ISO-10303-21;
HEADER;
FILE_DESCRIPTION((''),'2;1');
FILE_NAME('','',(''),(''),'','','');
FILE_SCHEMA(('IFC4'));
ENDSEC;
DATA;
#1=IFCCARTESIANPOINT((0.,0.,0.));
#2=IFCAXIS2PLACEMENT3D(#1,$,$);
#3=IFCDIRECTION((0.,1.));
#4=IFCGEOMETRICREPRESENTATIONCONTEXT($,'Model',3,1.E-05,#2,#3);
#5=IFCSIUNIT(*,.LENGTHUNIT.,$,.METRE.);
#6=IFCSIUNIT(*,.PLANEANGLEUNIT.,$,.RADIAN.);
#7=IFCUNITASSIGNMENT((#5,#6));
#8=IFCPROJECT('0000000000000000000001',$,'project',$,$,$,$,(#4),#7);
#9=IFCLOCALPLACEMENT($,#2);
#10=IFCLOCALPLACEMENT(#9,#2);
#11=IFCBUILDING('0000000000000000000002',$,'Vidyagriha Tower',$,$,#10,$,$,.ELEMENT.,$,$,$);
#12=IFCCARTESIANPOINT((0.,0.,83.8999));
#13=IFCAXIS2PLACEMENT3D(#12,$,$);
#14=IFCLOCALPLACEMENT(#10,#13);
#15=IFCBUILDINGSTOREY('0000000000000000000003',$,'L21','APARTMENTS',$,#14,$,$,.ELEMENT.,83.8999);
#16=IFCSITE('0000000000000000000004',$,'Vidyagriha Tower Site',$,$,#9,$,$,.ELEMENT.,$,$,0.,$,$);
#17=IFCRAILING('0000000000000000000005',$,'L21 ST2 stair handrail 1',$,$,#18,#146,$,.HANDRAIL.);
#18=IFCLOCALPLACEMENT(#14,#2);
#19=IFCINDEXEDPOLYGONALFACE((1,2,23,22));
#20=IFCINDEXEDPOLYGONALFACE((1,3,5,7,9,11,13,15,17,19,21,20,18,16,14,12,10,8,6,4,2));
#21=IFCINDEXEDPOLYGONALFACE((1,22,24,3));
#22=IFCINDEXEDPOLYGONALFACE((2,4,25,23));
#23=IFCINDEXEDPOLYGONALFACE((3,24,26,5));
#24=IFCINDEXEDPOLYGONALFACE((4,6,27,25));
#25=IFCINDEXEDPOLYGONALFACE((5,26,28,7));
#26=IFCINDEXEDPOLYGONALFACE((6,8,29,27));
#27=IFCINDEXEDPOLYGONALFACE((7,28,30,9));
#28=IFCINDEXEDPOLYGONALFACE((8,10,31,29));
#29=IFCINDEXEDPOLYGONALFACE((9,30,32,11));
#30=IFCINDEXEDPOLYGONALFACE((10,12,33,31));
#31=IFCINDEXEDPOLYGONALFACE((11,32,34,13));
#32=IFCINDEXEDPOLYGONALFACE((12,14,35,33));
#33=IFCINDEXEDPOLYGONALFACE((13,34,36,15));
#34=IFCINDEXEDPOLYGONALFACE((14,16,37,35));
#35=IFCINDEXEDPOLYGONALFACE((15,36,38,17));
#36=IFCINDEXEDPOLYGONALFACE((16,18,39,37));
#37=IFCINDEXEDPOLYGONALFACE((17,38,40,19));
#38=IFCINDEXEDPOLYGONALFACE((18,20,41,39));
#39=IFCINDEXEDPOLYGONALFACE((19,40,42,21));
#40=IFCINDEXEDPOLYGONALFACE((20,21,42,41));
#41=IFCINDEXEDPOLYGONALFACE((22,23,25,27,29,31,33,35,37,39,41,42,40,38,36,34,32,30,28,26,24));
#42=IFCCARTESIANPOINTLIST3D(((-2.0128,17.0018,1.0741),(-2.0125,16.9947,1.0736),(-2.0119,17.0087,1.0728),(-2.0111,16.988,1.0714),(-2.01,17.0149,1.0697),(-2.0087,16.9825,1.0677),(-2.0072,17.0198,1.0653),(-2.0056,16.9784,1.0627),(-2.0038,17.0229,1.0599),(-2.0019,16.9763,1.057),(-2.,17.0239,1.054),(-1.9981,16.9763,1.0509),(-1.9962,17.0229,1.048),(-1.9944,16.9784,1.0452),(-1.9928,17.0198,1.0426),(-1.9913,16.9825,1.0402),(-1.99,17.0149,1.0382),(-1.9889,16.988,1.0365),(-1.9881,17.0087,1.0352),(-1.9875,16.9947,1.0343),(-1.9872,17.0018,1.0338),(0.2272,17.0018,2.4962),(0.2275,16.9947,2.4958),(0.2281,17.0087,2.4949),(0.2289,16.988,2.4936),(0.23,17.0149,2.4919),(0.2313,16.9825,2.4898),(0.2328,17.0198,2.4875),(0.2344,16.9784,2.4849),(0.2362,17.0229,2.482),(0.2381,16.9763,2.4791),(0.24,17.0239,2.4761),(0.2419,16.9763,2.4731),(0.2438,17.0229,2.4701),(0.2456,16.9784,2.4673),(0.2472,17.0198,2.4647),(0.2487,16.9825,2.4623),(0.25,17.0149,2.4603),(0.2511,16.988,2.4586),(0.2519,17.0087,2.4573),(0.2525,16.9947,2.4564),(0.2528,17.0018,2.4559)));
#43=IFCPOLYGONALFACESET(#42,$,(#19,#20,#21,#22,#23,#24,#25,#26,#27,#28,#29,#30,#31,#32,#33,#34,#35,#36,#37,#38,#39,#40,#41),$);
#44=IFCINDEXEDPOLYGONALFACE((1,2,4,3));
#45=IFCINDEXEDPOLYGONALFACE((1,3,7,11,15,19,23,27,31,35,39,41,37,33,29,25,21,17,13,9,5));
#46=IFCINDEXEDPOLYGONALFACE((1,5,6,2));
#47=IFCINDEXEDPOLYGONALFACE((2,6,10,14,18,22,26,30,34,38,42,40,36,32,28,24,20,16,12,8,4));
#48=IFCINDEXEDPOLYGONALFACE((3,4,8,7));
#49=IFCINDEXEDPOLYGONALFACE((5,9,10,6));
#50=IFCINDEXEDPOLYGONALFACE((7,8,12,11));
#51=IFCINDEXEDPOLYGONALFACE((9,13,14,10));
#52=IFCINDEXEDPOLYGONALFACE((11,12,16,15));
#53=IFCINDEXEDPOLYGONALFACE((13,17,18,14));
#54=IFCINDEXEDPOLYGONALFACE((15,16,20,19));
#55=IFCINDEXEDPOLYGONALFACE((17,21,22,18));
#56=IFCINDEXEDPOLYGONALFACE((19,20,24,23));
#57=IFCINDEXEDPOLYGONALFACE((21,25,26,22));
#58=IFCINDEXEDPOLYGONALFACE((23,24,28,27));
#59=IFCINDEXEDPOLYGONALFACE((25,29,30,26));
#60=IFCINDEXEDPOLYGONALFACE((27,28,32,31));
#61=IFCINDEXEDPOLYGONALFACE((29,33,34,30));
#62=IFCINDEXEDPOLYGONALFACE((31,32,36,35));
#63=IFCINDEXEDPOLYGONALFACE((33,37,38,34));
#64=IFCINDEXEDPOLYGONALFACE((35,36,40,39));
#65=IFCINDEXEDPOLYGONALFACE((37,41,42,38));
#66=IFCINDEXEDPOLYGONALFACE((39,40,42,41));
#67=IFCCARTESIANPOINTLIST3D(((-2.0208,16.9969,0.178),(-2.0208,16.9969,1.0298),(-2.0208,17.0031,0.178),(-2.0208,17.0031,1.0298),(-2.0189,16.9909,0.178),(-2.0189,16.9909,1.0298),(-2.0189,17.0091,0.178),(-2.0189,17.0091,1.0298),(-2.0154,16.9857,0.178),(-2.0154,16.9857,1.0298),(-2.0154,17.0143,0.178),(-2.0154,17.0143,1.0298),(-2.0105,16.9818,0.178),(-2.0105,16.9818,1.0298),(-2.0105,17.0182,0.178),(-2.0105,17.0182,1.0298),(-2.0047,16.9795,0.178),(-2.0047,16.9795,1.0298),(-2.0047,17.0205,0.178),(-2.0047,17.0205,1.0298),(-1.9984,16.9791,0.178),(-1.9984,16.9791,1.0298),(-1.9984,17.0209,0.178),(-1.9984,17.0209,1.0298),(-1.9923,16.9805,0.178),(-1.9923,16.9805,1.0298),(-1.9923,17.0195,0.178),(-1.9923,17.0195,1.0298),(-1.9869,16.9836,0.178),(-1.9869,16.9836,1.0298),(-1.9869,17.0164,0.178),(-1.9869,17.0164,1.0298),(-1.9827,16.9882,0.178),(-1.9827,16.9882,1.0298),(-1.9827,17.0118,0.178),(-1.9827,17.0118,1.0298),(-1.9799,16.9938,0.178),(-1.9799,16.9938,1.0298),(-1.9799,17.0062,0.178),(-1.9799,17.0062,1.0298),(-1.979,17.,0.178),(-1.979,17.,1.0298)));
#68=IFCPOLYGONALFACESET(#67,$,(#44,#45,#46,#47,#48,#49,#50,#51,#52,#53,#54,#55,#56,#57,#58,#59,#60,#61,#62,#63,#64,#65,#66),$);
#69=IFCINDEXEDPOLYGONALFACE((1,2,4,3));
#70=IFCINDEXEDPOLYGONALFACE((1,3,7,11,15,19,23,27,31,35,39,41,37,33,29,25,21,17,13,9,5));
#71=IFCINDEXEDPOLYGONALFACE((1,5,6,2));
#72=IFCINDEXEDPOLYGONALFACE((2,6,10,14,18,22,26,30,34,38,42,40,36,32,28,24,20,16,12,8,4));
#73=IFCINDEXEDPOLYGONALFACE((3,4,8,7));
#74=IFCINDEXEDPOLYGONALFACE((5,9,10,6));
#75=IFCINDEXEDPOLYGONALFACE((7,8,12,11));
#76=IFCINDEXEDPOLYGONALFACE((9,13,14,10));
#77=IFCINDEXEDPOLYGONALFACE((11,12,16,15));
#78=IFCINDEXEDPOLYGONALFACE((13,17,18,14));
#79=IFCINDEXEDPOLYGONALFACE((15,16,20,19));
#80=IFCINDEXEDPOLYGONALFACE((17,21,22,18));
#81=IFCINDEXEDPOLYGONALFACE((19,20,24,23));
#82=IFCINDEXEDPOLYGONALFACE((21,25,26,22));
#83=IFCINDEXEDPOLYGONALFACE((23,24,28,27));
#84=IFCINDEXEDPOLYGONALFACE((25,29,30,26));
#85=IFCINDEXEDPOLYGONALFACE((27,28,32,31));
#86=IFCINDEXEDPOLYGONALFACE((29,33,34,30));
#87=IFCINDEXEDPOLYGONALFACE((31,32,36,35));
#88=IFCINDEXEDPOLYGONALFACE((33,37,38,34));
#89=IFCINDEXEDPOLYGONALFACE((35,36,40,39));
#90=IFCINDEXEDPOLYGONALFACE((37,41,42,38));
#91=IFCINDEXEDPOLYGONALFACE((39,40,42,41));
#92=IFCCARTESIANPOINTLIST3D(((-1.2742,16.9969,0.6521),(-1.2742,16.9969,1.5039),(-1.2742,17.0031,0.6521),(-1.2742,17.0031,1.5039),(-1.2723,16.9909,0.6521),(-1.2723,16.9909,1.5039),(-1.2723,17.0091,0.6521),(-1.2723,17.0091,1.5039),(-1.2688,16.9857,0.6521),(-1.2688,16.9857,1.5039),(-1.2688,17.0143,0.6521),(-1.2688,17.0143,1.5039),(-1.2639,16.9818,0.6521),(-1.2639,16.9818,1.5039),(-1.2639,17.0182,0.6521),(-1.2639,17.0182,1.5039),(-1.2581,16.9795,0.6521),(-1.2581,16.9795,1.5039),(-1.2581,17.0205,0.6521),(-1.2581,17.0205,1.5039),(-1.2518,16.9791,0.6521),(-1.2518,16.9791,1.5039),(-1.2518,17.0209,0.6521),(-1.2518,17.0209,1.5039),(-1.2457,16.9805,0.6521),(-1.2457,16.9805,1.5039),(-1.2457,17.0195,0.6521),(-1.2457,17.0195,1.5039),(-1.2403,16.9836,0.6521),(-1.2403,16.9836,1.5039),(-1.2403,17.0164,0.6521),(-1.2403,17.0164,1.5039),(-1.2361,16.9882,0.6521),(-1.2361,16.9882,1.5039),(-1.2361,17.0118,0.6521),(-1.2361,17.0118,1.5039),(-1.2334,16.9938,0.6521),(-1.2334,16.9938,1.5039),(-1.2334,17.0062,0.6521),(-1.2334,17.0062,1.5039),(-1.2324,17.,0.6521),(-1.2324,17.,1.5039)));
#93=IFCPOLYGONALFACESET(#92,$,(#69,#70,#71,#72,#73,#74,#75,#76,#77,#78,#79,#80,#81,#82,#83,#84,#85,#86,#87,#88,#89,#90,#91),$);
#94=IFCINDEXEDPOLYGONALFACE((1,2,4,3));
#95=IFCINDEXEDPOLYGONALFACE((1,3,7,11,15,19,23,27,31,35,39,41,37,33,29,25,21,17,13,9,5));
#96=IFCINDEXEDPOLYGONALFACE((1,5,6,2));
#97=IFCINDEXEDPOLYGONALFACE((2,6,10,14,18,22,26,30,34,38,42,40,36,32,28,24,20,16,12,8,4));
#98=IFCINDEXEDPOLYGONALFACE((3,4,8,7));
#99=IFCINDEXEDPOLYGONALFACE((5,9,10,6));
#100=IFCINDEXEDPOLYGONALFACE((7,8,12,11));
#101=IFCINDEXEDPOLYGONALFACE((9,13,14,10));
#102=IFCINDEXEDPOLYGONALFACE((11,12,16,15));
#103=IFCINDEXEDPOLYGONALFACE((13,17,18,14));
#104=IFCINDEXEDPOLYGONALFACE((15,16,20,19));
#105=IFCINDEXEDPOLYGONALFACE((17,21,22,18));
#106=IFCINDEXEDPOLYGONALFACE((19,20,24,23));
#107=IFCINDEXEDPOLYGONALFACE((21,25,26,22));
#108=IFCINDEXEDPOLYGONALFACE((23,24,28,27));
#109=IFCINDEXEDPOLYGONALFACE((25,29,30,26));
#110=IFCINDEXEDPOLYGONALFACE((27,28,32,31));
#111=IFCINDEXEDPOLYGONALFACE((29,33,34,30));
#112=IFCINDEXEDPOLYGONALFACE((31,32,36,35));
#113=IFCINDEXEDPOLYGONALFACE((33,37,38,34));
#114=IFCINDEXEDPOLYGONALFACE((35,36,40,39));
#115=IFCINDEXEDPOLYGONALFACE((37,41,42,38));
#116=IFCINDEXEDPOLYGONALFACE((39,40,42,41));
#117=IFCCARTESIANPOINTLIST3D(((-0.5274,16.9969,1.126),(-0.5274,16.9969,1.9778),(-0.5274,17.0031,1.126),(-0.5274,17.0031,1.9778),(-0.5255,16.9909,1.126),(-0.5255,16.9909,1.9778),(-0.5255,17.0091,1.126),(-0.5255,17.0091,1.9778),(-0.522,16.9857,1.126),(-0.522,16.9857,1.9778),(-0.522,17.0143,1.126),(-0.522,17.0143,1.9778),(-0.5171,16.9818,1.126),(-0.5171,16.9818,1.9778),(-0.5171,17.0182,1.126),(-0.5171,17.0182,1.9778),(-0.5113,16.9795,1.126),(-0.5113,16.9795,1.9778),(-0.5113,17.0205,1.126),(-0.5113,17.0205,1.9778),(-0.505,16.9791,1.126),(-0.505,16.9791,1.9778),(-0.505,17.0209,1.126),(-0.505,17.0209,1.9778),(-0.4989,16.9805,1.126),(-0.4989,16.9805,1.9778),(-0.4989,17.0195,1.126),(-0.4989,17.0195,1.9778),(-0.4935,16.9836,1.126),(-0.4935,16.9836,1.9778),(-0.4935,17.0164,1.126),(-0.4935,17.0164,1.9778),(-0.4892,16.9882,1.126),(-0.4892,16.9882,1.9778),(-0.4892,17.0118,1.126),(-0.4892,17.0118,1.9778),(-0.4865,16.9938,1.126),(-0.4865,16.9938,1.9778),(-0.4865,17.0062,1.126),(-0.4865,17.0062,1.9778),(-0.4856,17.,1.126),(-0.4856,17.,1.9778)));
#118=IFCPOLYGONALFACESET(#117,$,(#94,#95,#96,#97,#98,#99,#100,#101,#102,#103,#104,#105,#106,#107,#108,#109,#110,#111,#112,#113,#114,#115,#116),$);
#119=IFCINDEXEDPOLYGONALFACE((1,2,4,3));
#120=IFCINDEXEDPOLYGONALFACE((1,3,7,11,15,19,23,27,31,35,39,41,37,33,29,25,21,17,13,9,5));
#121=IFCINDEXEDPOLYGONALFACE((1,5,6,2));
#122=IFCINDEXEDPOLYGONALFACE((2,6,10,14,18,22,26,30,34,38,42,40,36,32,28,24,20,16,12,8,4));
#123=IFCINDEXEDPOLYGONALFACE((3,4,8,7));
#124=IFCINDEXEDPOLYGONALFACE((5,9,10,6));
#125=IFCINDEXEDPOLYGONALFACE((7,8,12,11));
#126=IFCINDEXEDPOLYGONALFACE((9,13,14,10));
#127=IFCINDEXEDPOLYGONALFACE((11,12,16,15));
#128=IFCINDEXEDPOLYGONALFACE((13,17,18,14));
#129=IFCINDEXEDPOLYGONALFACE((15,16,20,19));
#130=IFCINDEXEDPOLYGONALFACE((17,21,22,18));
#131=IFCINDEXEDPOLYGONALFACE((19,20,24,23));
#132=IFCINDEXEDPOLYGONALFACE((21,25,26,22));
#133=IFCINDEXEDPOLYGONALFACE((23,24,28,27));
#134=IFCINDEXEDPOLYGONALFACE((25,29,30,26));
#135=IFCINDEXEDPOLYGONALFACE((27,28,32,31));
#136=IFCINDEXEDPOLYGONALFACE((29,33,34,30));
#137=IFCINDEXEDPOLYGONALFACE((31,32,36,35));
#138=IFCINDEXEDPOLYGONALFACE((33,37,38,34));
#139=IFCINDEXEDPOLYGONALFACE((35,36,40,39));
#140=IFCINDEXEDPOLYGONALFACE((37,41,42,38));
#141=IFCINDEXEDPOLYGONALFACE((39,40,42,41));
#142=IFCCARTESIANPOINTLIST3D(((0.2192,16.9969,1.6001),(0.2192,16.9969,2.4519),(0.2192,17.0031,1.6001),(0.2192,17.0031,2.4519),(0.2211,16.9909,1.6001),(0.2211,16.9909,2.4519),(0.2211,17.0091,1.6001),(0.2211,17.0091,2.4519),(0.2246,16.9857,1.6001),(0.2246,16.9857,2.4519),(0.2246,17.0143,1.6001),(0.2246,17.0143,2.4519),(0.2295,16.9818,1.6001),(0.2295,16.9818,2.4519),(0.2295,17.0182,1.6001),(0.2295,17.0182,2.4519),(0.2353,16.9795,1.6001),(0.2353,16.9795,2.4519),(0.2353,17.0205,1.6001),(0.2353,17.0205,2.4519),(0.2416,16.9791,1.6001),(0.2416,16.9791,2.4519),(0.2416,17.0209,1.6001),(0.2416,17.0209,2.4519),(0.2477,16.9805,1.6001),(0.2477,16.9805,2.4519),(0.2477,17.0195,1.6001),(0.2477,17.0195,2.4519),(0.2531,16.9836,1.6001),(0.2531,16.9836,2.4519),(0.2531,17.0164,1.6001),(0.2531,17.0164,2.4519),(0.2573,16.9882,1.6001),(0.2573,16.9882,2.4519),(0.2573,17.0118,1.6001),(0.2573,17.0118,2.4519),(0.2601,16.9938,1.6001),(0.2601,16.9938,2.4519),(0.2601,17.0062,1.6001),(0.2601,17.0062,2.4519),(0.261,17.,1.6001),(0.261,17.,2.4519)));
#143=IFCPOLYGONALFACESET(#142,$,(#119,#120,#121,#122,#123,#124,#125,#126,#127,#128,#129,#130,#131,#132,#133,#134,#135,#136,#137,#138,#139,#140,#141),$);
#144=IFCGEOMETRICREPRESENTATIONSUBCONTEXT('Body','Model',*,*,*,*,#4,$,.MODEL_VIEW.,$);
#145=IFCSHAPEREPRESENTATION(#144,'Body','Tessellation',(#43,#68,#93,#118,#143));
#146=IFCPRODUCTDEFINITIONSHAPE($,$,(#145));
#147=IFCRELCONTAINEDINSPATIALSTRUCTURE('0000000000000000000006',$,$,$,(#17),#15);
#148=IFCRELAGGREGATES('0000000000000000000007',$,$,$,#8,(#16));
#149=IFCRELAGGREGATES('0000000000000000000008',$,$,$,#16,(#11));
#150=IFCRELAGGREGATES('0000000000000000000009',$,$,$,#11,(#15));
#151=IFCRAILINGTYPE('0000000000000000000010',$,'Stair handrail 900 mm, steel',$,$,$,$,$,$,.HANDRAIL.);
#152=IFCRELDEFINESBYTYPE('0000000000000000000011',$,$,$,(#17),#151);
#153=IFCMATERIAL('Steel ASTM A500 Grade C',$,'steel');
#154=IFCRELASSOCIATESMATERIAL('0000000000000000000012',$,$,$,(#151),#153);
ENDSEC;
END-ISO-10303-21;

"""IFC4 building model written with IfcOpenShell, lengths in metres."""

from ifc_helpers import new_model, si_unit, direction, frame, origin, origin_2d, place, context, subcontext, project, spatial, circle, extrude, material, type_object, element, save


model = new_model("IFC4")

# Units and contexts
model_context = context("Model", 3, precision=1e-05, world=origin(), true_north=direction((0.0, 1.0)))
body_context = subcontext(model_context, "Body", "Model", "MODEL_VIEW")
ifc_project = project(units=[si_unit("LENGTHUNIT", "METRE"), si_unit("PLANEANGLEUNIT", "RADIAN")], contexts=[model_context])

# Site, building, storey
site_placement = place(None, origin())
site = spatial("IfcSite", under=ifc_project, at=site_placement, Name="Vidyagriha Tower Site", CompositionType="ELEMENT", RefElevation=0.0)
building_placement = place(site_placement, origin())
building = spatial("IfcBuilding", under=site, at=building_placement, Name="Vidyagriha Tower", CompositionType="ELEMENT")
storey_placement = place(building_placement, frame((0.0, 0.0, 83.8999)))
storey = spatial("IfcBuildingStorey", under=building, at=storey_placement, Name="L21", Description="APARTMENTS", CompositionType="ELEMENT", Elevation=83.8999)

# Railing
ifc_material_1 = material(Name="Steel ASTM A500 Grade C", Category="steel")
railing_type_1 = type_object("IfcRailingType", Name="Stair handrail 900 mm, steel", PredefinedType="HANDRAIL", material=ifc_material_1)
railing_1_placement = place(storey_placement, frame((-2.0, 17.0, 0.178)))
element("IfcRailing", 1, at=railing_1_placement, inside=storey, type_object=railing_type_1, Name="L21 ST2 stair handrail 1", PredefinedType="HANDRAIL", context=body_context, shape_type="SweptSolid", body=[
    extrude(circle(Radius=0.0239, at=origin_2d()), frame((0.0, 0.0, 0.876), z_axis=(0.844229, 0.0, 0.535982), x_axis=(0.0, 1.0, 0.0)), (0.0, 0.0, 1.0), 2.6533),
    extrude(circle(Radius=0.021, at=origin_2d()), origin(), (0.0, 0.0, 1.0), 0.8518),
    extrude(circle(Radius=0.021, at=origin_2d()), frame((0.7466, 0.0, 0.4741)), (0.0, 0.0, 1.0), 0.8518),
    extrude(circle(Radius=0.021, at=origin_2d()), frame((1.4934, 0.0, 0.948)), (0.0, 0.0, 1.0), 0.8518),
    extrude(circle(Radius=0.021, at=origin_2d()), frame((2.24, 0.0, 1.4221)), (0.0, 0.0, 1.0), 0.8518),
])

save(model, "model.ifc")
